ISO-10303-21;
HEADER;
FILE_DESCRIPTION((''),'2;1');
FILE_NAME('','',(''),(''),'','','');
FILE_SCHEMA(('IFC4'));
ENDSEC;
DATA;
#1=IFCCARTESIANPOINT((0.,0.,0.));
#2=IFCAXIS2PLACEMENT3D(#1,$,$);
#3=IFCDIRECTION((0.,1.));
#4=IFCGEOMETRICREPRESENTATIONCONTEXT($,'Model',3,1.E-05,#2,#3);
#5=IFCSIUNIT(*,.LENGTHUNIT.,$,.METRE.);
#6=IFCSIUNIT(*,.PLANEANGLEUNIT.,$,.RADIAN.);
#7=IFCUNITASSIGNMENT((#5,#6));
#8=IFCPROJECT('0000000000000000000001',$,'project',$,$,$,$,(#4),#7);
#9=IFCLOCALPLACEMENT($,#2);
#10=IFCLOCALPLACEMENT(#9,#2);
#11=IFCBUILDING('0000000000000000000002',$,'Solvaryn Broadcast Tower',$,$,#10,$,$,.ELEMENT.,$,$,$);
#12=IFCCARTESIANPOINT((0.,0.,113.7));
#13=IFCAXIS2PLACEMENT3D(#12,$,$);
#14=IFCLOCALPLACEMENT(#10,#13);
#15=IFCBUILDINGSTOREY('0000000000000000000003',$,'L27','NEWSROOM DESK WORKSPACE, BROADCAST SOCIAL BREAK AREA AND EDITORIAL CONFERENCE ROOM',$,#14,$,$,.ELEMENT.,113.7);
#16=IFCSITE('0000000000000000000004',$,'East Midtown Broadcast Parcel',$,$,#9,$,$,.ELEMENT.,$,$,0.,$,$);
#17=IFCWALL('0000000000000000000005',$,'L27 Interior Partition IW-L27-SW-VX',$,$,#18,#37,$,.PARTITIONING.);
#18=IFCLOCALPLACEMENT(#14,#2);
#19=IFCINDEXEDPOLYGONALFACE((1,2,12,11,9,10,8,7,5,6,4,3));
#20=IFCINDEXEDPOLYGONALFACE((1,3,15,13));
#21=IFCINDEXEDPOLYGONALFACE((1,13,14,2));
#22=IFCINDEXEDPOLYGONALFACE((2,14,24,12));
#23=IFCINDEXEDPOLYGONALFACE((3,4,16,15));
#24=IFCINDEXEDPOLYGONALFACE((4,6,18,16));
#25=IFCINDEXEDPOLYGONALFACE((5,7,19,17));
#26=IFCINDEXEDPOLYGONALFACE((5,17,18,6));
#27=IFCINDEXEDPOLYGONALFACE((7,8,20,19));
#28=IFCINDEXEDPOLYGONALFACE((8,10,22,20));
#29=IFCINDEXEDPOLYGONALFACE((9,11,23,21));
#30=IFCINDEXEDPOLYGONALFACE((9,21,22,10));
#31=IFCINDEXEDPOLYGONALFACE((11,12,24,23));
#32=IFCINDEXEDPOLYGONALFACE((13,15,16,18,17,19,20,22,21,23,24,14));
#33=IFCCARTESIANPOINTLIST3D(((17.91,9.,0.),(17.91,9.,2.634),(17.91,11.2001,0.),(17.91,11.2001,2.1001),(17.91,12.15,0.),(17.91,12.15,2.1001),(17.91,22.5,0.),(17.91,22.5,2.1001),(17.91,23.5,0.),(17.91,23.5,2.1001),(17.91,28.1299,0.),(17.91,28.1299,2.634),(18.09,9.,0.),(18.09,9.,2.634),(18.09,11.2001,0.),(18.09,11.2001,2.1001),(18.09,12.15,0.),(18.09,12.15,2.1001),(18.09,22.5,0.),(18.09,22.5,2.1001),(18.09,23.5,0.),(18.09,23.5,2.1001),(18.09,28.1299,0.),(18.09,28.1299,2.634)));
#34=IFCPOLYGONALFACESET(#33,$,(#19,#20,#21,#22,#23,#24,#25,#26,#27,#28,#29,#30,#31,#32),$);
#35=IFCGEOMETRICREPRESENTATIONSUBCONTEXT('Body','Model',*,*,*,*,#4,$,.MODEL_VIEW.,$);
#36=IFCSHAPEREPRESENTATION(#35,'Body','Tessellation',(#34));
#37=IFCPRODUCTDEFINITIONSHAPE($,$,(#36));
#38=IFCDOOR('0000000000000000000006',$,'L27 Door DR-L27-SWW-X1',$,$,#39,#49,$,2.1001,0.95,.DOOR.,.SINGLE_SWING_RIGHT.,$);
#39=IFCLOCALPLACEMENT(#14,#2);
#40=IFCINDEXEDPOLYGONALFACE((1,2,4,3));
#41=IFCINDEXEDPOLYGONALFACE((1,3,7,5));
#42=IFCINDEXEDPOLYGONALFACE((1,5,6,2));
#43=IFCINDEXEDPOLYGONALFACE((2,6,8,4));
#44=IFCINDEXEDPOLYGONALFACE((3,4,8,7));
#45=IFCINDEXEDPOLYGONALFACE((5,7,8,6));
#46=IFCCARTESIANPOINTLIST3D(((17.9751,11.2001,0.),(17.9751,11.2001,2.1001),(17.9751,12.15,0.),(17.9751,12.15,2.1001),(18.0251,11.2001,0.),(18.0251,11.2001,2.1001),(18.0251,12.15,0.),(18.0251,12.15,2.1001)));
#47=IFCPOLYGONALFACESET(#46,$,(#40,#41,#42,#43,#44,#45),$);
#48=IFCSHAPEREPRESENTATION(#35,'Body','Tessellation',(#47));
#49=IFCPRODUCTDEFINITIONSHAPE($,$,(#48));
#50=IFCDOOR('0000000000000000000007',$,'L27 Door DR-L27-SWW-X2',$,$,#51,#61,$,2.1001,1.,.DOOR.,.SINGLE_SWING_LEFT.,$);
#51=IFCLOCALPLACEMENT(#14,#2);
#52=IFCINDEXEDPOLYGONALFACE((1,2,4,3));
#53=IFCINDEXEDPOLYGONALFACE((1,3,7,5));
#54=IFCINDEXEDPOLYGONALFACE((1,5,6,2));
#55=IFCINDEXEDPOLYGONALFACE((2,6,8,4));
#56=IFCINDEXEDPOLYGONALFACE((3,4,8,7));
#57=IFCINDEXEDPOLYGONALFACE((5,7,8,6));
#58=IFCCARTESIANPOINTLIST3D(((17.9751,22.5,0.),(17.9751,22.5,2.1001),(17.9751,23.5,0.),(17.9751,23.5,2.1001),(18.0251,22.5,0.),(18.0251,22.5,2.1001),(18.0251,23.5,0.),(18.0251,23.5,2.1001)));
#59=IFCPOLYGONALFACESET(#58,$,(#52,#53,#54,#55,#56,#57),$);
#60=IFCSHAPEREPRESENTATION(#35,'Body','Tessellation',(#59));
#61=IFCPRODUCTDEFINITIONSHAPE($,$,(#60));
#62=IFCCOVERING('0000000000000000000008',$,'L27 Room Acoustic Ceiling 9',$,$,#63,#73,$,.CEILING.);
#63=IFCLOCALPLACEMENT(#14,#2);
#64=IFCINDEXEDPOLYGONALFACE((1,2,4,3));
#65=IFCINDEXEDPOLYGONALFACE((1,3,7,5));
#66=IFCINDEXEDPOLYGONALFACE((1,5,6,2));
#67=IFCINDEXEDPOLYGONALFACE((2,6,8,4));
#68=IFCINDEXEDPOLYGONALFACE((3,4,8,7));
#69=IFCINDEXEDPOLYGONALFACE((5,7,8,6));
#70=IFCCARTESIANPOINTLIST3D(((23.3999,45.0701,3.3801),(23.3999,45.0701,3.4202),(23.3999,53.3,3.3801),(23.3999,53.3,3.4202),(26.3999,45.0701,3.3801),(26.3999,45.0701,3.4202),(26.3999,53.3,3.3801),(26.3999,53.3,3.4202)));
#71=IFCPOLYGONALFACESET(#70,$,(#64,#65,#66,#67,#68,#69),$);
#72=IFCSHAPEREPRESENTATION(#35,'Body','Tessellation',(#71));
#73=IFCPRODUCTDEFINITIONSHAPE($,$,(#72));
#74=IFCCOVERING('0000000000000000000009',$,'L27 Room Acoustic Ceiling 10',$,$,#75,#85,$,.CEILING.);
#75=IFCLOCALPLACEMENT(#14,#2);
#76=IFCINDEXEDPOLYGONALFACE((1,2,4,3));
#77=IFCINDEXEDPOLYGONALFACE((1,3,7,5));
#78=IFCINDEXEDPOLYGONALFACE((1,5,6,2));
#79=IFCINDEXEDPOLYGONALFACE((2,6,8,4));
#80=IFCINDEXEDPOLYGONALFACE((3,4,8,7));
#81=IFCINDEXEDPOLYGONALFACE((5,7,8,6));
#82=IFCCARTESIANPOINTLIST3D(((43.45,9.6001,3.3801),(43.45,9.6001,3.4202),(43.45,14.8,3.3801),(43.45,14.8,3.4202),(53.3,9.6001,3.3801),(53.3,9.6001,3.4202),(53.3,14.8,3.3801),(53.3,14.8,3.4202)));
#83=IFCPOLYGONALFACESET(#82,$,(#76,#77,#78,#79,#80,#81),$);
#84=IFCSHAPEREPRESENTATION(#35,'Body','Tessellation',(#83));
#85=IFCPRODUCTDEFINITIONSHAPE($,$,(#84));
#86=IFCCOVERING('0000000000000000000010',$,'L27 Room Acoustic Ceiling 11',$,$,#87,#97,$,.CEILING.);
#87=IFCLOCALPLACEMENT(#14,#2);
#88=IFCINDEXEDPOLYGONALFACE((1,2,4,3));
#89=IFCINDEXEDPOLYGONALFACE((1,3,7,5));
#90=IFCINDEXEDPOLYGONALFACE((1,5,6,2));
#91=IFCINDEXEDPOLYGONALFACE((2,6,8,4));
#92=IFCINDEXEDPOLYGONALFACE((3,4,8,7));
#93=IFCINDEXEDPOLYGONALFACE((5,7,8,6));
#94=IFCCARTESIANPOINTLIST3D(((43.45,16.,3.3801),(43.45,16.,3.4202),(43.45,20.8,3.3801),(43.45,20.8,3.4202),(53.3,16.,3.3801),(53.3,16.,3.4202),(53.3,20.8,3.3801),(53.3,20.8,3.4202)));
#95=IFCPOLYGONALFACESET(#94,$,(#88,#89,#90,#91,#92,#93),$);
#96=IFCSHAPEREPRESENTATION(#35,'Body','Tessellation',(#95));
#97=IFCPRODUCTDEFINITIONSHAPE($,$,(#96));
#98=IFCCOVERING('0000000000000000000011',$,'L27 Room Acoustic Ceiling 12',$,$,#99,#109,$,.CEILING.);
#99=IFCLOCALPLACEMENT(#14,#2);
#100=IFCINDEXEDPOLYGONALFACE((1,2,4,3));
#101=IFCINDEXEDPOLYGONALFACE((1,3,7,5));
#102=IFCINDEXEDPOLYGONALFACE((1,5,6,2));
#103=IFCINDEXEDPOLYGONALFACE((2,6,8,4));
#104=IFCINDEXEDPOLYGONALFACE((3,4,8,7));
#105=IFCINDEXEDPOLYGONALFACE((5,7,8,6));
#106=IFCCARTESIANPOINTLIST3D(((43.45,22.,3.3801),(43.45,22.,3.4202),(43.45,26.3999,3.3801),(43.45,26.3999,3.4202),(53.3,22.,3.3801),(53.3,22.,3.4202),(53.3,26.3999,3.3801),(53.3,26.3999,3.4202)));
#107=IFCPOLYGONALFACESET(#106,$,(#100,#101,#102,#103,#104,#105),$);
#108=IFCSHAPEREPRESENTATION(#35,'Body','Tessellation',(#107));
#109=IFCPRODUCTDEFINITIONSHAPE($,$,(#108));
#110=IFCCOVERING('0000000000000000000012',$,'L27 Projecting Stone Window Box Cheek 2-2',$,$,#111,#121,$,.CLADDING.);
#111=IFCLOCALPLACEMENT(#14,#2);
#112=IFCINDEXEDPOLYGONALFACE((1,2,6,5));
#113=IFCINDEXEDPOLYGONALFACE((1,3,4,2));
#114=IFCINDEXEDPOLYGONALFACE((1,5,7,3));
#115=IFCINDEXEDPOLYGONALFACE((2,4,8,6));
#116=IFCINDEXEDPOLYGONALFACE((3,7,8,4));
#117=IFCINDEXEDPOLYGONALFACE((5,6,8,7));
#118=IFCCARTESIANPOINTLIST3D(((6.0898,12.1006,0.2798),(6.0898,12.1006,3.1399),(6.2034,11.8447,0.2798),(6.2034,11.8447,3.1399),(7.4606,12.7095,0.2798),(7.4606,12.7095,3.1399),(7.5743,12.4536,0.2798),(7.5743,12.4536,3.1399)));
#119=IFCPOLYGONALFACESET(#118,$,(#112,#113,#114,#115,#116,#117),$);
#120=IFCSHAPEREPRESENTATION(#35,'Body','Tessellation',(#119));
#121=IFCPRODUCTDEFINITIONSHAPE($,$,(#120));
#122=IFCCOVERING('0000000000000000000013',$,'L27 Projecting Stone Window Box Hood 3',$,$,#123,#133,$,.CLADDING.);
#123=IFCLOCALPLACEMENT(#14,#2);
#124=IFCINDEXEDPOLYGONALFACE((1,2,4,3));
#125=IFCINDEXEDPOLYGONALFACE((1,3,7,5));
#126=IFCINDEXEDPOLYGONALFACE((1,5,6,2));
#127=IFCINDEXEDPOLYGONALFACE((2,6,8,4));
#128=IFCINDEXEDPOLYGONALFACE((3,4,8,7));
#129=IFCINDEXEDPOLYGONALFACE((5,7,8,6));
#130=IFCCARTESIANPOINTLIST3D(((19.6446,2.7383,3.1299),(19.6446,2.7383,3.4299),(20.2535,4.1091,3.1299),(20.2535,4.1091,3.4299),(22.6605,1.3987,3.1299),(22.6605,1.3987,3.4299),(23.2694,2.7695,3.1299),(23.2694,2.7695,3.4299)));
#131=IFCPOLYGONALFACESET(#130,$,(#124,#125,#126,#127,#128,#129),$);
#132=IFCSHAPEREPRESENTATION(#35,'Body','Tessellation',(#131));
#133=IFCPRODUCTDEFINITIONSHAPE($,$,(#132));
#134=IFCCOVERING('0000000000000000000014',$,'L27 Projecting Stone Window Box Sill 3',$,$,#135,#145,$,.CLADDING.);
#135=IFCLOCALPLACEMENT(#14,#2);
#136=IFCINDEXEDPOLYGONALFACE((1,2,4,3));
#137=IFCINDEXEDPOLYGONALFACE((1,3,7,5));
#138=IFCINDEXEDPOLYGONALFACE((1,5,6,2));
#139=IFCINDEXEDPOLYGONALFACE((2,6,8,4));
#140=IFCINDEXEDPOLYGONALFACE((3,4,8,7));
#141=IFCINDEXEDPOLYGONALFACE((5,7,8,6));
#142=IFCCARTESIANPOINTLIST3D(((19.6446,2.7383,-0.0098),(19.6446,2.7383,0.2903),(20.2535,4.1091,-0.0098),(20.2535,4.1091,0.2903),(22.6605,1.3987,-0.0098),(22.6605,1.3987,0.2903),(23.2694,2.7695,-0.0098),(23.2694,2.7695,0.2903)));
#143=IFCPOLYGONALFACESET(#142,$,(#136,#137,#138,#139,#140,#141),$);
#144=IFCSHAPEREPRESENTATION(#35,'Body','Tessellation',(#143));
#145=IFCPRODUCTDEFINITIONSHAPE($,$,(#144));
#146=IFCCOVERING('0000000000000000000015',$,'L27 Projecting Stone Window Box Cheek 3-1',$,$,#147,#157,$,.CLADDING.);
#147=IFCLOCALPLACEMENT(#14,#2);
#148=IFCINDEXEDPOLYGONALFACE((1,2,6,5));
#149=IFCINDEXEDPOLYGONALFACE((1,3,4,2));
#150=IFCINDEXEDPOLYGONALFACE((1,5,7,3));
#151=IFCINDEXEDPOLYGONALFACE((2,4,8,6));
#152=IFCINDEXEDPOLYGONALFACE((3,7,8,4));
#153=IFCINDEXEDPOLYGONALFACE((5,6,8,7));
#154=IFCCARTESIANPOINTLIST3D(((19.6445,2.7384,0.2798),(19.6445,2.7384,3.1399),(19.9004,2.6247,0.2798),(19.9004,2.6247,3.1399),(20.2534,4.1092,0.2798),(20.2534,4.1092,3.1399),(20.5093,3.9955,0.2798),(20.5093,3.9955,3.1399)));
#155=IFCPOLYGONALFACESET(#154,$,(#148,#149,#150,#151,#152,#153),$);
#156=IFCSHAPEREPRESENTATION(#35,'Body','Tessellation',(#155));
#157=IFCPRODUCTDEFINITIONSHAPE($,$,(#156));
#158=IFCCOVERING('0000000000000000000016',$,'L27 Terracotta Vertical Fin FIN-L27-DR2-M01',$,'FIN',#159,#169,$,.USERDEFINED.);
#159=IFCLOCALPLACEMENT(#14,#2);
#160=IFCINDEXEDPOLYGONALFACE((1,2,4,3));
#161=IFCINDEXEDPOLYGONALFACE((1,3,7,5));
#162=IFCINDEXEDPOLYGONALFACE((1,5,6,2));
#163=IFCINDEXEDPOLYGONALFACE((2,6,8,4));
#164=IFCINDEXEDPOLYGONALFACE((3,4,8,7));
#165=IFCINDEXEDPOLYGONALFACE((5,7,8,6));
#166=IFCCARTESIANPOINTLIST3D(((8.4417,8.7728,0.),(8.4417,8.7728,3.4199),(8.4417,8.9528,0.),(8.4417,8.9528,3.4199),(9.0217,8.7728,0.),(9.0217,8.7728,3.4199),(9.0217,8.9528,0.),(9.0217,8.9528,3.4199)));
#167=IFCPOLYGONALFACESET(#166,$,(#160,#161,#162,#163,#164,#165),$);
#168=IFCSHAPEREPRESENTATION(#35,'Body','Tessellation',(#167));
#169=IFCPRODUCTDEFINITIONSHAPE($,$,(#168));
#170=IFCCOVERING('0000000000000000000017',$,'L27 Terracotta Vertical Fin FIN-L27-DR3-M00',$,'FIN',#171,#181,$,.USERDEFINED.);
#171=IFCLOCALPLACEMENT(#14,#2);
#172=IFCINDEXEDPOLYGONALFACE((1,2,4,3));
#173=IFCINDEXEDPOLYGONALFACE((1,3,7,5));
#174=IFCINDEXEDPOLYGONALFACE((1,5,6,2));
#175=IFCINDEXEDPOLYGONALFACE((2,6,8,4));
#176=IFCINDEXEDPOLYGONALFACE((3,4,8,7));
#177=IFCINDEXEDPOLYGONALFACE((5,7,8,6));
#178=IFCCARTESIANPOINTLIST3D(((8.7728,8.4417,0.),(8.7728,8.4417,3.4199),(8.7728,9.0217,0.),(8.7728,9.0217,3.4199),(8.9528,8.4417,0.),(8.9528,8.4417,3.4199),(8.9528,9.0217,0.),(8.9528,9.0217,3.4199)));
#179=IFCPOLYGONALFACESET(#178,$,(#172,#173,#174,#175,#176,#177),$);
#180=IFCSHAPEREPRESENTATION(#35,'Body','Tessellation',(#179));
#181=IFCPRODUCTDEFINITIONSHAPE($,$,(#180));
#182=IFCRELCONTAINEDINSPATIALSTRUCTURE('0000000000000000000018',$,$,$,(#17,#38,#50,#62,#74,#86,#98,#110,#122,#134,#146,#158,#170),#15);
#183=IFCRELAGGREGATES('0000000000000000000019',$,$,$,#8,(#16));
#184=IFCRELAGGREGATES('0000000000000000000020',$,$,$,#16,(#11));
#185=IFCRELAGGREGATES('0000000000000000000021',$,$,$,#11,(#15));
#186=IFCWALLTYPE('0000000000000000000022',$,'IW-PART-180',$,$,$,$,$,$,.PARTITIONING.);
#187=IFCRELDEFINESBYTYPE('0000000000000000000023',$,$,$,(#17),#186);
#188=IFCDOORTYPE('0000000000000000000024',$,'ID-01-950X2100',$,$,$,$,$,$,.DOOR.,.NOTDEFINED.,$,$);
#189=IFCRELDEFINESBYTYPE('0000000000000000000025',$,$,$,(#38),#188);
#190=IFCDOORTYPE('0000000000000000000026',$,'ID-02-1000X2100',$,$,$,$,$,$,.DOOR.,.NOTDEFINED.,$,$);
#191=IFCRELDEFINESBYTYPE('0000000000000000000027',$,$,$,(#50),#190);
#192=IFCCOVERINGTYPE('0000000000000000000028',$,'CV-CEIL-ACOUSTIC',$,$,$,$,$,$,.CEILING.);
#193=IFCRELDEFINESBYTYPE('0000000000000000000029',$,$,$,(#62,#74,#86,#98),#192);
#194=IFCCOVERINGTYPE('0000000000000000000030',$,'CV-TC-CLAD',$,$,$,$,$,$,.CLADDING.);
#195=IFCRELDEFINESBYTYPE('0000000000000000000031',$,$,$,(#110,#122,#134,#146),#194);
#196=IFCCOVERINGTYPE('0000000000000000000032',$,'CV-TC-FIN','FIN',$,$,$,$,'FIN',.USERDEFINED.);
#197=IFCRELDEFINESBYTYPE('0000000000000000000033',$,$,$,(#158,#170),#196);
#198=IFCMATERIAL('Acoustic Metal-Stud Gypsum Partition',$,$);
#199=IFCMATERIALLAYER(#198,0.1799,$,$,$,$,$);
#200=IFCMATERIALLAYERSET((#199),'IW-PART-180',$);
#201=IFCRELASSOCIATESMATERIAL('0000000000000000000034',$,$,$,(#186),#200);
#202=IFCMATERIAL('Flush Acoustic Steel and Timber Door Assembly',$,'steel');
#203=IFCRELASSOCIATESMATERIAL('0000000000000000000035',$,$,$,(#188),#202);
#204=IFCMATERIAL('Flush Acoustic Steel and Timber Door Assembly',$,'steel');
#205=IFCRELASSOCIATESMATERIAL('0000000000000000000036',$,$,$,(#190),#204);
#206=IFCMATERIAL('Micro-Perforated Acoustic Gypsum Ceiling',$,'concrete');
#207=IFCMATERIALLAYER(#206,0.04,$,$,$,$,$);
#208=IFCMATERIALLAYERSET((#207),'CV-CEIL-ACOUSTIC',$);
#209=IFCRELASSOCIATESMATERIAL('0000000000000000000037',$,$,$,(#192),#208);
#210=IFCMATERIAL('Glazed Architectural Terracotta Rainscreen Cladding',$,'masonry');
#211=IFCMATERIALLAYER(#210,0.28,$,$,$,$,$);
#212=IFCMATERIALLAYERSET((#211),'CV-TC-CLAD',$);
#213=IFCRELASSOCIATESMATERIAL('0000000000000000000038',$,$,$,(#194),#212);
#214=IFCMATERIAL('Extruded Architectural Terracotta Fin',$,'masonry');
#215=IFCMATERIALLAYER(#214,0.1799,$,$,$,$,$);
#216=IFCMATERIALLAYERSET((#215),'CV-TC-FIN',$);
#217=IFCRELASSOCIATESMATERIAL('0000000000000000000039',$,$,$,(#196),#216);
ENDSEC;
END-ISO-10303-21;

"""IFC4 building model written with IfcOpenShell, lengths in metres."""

from ifc_helpers import new_model, si_unit, direction, frame, frame_2d, origin, origin_2d, place, context, subcontext, project, spatial, polyline, rectangle, outline, extrude, material, layer, layer_set, type_object, element, fill, save


model = new_model("IFC4")

# Units and contexts
model_context = context("Model", 3, precision=1e-05, world=origin(), true_north=direction((0.0, 1.0)))
body_context = subcontext(model_context, "Body", "Model", "MODEL_VIEW")
ifc_project = project(units=[si_unit("LENGTHUNIT", "METRE"), si_unit("PLANEANGLEUNIT", "RADIAN")], contexts=[model_context])

# Site, building, storey
site_placement = place(None, origin())
site = spatial("IfcSite", under=ifc_project, at=site_placement, Name="East Midtown Broadcast Parcel", CompositionType="ELEMENT", RefElevation=0.0)
building_placement = place(site_placement, origin())
building = spatial("IfcBuilding", under=site, at=building_placement, Name="Solvaryn Broadcast Tower", CompositionType="ELEMENT")
storey_placement = place(building_placement, frame((0.0, 0.0, 113.7)))
storey = spatial("IfcBuildingStorey", under=building, at=storey_placement, Name="L27", Description="NEWSROOM DESK WORKSPACE, BROADCAST SOCIAL BREAK AREA AND EDITORIAL CONFERENCE ROOM", CompositionType="ELEMENT", Elevation=113.7)

# Wall, openings, doors
ifc_material_1 = material(Name="Acoustic Metal-Stud Gypsum Partition")
ifc_layer_1 = layer(ifc_material_1, 0.1799)
ifc_layer_set_1 = layer_set([ifc_layer_1], Name="IW-PART-180")
wall_type_1 = type_object("IfcWallType", Name="IW-PART-180", PredefinedType="PARTITIONING", material=ifc_layer_set_1)
wall_1_placement = place(storey_placement, frame((18.0, 9.0, 0.0), z_axis=(0.0, 0.0, 1.0), x_axis=(0.0, 1.0, 0.0)))
wall_1 = element("IfcWall", 1, at=wall_1_placement, inside=storey, type_object=wall_type_1, Name="L27 Interior Partition IW-L27-SW-VX", PredefinedType="PARTITIONING", context=body_context, shape_type="SweptSolid", body=[
    extrude(rectangle(XDim=19.1299, YDim=0.1799, at=frame_2d((9.5649, 0.0))), origin(), (0.0, 0.0, 1.0), 2.634),
])
opening_1_placement = place(wall_1_placement, frame((2.2, 0.0, 0.0)))
opening_1 = element("IfcOpeningElement", 2, at=opening_1_placement, cuts=wall_1, PredefinedType="OPENING", context=body_context, shape_type="SweptSolid", body=[
    extrude(rectangle(XDim=0.95, YDim=2.1001, at=frame_2d((0.4751, 1.05))), frame((0.0, 0.0999, 0.0), z_axis=(0.0, -1.0, 0.0), x_axis=(1.0, 0.0, 0.0)), (0.0, 0.0, 1.0), 0.2),
])
opening_2_placement = place(wall_1_placement, frame((13.5, 0.0, 0.0)))
opening_2 = element("IfcOpeningElement", 3, at=opening_2_placement, cuts=wall_1, PredefinedType="OPENING", context=body_context, shape_type="SweptSolid", body=[
    extrude(rectangle(XDim=1.0, YDim=2.1001, at=frame_2d((0.5, 1.05))), frame((0.0, 0.0999, 0.0), z_axis=(0.0, -1.0, 0.0), x_axis=(1.0, 0.0, 0.0)), (0.0, 0.0, 1.0), 0.2),
])
ifc_material_2 = material(Name="Flush Acoustic Steel and Timber Door Assembly", Category="steel")
door_type_1 = type_object("IfcDoorType", Name="ID-01-950X2100", OperationType="NOTDEFINED", PredefinedType="DOOR", material=ifc_material_2)
door_1_placement = place(opening_1_placement, origin())
door_1 = element("IfcDoor", 4, at=door_1_placement, inside=storey, type_object=door_type_1, Name="L27 Door DR-L27-SWW-X1", OperationType="SINGLE_SWING_RIGHT", OverallHeight=2.1001, OverallWidth=0.95, PredefinedType="DOOR", context=body_context, shape_type="SweptSolid", body=[
    extrude(rectangle(XDim=0.95, YDim=2.1001, at=frame_2d((0.4751, 1.05))), frame((0.0, 0.0249, 0.0), z_axis=(0.0, -1.0, 0.0), x_axis=(1.0, 0.0, 0.0)), (0.0, 0.0, 1.0), 0.05),
])
fill(opening_1, door_1)
ifc_material_3 = material(Name="Flush Acoustic Steel and Timber Door Assembly", Category="steel")
door_type_2 = type_object("IfcDoorType", Name="ID-02-1000X2100", OperationType="NOTDEFINED", PredefinedType="DOOR", material=ifc_material_3)
door_2_placement = place(opening_2_placement, origin())
door_2 = element("IfcDoor", 5, at=door_2_placement, inside=storey, type_object=door_type_2, Name="L27 Door DR-L27-SWW-X2", OperationType="SINGLE_SWING_LEFT", OverallHeight=2.1001, OverallWidth=1.0, PredefinedType="DOOR", context=body_context, shape_type="SweptSolid", body=[
    extrude(rectangle(XDim=1.0, YDim=2.1001, at=frame_2d((0.5, 1.05))), frame((0.0, 0.0249, 0.0), z_axis=(0.0, -1.0, 0.0), x_axis=(1.0, 0.0, 0.0)), (0.0, 0.0, 1.0), 0.05),
])
fill(opening_2, door_2)

# Coverings
ifc_material_4 = material(Name="Micro-Perforated Acoustic Gypsum Ceiling", Category="concrete")
ifc_layer_2 = layer(ifc_material_4, 0.04)
ifc_layer_set_2 = layer_set([ifc_layer_2], Name="CV-CEIL-ACOUSTIC")
covering_type_1 = type_object("IfcCoveringType", Name="CV-CEIL-ACOUSTIC", PredefinedType="CEILING", material=ifc_layer_set_2)
covering_1_placement = place(storey_placement, frame((0.0, 0.0, 3.3801)))
element("IfcCovering", 6, at=covering_1_placement, inside=storey, type_object=covering_type_1, Name="L27 Room Acoustic Ceiling 9", PredefinedType="CEILING", context=body_context, shape_type="SweptSolid", body=[
    extrude(outline(polyline([(23.3999, 45.0701), (26.3999, 45.0701), (26.3999, 53.3), (23.3999, 53.3), (23.3999, 45.0701)])), origin(), (0.0, 0.0, 1.0), 0.04),
])
covering_2_placement = place(storey_placement, frame((0.0, 0.0, 3.3801)))
element("IfcCovering", 7, at=covering_2_placement, inside=storey, type_object=covering_type_1, Name="L27 Room Acoustic Ceiling 10", PredefinedType="CEILING", context=body_context, shape_type="SweptSolid", body=[
    extrude(outline(polyline([(43.45, 9.6001), (53.3, 9.6001), (53.3, 14.8), (43.45, 14.8), (43.45, 9.6001)])), origin(), (0.0, 0.0, 1.0), 0.04),
])
covering_3_placement = place(storey_placement, frame((0.0, 0.0, 3.3801)))
element("IfcCovering", 8, at=covering_3_placement, inside=storey, type_object=covering_type_1, Name="L27 Room Acoustic Ceiling 11", PredefinedType="CEILING", context=body_context, shape_type="SweptSolid", body=[
    extrude(outline(polyline([(43.45, 16.0), (53.3, 16.0), (53.3, 20.8), (43.45, 20.8), (43.45, 16.0)])), origin(), (0.0, 0.0, 1.0), 0.04),
])
covering_4_placement = place(storey_placement, frame((0.0, 0.0, 3.3801)))
element("IfcCovering", 9, at=covering_4_placement, inside=storey, type_object=covering_type_1, Name="L27 Room Acoustic Ceiling 12", PredefinedType="CEILING", context=body_context, shape_type="SweptSolid", body=[
    extrude(outline(polyline([(43.45, 22.0), (53.3, 22.0), (53.3, 26.3999), (43.45, 26.3999), (43.45, 22.0)])), origin(), (0.0, 0.0, 1.0), 0.04),
])
ifc_material_5 = material(Name="Glazed Architectural Terracotta Rainscreen Cladding", Category="masonry")
ifc_layer_3 = layer(ifc_material_5, 0.28)
ifc_layer_set_3 = layer_set([ifc_layer_3], Name="CV-TC-CLAD")
covering_type_2 = type_object("IfcCoveringType", Name="CV-TC-CLAD", PredefinedType="CLADDING", material=ifc_layer_set_3)
covering_5_placement = place(storey_placement, frame((6.832, 12.2771, 0.2798), z_axis=(0.0, 0.0, 1.0), x_axis=(0.405939, -0.9139, 0.0)))
element("IfcCovering", 10, at=covering_5_placement, inside=storey, type_object=covering_type_2, Name="L27 Projecting Stone Window Box Cheek 2-2", PredefinedType="CLADDING", context=body_context, shape_type="SweptSolid", body=[
    extrude(rectangle(XDim=0.28, YDim=1.5, at=origin_2d()), origin(), (0.0, 0.0, 1.0), 2.8601),
])
for number, where, z_axis, x_axis, name in (
    (11, (21.457, 2.7539, 3.1299), (0.0, 0.0, 1.0), (0.9139, -0.405939, 0.0), "L27 Projecting Stone Window Box Hood 3"),
    (12, (21.457, 2.7539, -0.0098), (0.0, 0.0, 1.0), (0.9139, -0.405939, 0.0), "L27 Projecting Stone Window Box Sill 3"),
):
    element("IfcCovering", number, at=place(storey_placement, frame(where, z_axis=z_axis, x_axis=x_axis)), inside=storey, type_object=covering_type_2, Name=name, PredefinedType="CLADDING", context=body_context, shape_type="SweptSolid", body=[
        extrude(rectangle(XDim=3.3, YDim=1.5, at=origin_2d()), origin(), (0.0, 0.0, 1.0), 0.3),
    ])
covering_6_placement = place(storey_placement, frame((20.0769, 3.3669, 0.2798), z_axis=(0.0, 0.0, 1.0), x_axis=(0.9139, -0.405939, 0.0)))
element("IfcCovering", 13, at=covering_6_placement, inside=storey, type_object=covering_type_2, Name="L27 Projecting Stone Window Box Cheek 3-1", PredefinedType="CLADDING", context=body_context, shape_type="SweptSolid", body=[
    extrude(rectangle(XDim=0.28, YDim=1.5, at=origin_2d()), origin(), (0.0, 0.0, 1.0), 2.8601),
])
ifc_material_6 = material(Name="Extruded Architectural Terracotta Fin", Category="masonry")
ifc_layer_4 = layer(ifc_material_6, 0.1799)
ifc_layer_set_4 = layer_set([ifc_layer_4], Name="CV-TC-FIN")
covering_type_3 = type_object("IfcCoveringType", Name="CV-TC-FIN", Description="FIN", ElementType="FIN", PredefinedType="USERDEFINED", material=ifc_layer_set_4)
covering_7_placement = place(storey_placement, frame((8.7317, 8.8628, 0.0), z_axis=(0.0, 0.0, 1.0), x_axis=(1.0, 0.0, 0.0)))
element("IfcCovering", 14, at=covering_7_placement, inside=storey, type_object=covering_type_3, Name="L27 Terracotta Vertical Fin FIN-L27-DR2-M01", ObjectType="FIN", PredefinedType="USERDEFINED", context=body_context, shape_type="SweptSolid", body=[
    extrude(rectangle(XDim=0.5801, YDim=0.1799, at=origin_2d()), origin(), (0.0, 0.0, 1.0), 3.4199),
])
covering_8_placement = place(storey_placement, frame((8.8628, 8.7317, 0.0), z_axis=(0.0, 0.0, 1.0), x_axis=(1.0, 0.0, 0.0)))
element("IfcCovering", 15, at=covering_8_placement, inside=storey, type_object=covering_type_3, Name="L27 Terracotta Vertical Fin FIN-L27-DR3-M00", ObjectType="FIN", PredefinedType="USERDEFINED", context=body_context, shape_type="SweptSolid", body=[
    extrude(rectangle(XDim=0.1799, YDim=0.5801, at=origin_2d()), origin(), (0.0, 0.0, 1.0), 3.4199),
])

save(model, "model.ifc")
